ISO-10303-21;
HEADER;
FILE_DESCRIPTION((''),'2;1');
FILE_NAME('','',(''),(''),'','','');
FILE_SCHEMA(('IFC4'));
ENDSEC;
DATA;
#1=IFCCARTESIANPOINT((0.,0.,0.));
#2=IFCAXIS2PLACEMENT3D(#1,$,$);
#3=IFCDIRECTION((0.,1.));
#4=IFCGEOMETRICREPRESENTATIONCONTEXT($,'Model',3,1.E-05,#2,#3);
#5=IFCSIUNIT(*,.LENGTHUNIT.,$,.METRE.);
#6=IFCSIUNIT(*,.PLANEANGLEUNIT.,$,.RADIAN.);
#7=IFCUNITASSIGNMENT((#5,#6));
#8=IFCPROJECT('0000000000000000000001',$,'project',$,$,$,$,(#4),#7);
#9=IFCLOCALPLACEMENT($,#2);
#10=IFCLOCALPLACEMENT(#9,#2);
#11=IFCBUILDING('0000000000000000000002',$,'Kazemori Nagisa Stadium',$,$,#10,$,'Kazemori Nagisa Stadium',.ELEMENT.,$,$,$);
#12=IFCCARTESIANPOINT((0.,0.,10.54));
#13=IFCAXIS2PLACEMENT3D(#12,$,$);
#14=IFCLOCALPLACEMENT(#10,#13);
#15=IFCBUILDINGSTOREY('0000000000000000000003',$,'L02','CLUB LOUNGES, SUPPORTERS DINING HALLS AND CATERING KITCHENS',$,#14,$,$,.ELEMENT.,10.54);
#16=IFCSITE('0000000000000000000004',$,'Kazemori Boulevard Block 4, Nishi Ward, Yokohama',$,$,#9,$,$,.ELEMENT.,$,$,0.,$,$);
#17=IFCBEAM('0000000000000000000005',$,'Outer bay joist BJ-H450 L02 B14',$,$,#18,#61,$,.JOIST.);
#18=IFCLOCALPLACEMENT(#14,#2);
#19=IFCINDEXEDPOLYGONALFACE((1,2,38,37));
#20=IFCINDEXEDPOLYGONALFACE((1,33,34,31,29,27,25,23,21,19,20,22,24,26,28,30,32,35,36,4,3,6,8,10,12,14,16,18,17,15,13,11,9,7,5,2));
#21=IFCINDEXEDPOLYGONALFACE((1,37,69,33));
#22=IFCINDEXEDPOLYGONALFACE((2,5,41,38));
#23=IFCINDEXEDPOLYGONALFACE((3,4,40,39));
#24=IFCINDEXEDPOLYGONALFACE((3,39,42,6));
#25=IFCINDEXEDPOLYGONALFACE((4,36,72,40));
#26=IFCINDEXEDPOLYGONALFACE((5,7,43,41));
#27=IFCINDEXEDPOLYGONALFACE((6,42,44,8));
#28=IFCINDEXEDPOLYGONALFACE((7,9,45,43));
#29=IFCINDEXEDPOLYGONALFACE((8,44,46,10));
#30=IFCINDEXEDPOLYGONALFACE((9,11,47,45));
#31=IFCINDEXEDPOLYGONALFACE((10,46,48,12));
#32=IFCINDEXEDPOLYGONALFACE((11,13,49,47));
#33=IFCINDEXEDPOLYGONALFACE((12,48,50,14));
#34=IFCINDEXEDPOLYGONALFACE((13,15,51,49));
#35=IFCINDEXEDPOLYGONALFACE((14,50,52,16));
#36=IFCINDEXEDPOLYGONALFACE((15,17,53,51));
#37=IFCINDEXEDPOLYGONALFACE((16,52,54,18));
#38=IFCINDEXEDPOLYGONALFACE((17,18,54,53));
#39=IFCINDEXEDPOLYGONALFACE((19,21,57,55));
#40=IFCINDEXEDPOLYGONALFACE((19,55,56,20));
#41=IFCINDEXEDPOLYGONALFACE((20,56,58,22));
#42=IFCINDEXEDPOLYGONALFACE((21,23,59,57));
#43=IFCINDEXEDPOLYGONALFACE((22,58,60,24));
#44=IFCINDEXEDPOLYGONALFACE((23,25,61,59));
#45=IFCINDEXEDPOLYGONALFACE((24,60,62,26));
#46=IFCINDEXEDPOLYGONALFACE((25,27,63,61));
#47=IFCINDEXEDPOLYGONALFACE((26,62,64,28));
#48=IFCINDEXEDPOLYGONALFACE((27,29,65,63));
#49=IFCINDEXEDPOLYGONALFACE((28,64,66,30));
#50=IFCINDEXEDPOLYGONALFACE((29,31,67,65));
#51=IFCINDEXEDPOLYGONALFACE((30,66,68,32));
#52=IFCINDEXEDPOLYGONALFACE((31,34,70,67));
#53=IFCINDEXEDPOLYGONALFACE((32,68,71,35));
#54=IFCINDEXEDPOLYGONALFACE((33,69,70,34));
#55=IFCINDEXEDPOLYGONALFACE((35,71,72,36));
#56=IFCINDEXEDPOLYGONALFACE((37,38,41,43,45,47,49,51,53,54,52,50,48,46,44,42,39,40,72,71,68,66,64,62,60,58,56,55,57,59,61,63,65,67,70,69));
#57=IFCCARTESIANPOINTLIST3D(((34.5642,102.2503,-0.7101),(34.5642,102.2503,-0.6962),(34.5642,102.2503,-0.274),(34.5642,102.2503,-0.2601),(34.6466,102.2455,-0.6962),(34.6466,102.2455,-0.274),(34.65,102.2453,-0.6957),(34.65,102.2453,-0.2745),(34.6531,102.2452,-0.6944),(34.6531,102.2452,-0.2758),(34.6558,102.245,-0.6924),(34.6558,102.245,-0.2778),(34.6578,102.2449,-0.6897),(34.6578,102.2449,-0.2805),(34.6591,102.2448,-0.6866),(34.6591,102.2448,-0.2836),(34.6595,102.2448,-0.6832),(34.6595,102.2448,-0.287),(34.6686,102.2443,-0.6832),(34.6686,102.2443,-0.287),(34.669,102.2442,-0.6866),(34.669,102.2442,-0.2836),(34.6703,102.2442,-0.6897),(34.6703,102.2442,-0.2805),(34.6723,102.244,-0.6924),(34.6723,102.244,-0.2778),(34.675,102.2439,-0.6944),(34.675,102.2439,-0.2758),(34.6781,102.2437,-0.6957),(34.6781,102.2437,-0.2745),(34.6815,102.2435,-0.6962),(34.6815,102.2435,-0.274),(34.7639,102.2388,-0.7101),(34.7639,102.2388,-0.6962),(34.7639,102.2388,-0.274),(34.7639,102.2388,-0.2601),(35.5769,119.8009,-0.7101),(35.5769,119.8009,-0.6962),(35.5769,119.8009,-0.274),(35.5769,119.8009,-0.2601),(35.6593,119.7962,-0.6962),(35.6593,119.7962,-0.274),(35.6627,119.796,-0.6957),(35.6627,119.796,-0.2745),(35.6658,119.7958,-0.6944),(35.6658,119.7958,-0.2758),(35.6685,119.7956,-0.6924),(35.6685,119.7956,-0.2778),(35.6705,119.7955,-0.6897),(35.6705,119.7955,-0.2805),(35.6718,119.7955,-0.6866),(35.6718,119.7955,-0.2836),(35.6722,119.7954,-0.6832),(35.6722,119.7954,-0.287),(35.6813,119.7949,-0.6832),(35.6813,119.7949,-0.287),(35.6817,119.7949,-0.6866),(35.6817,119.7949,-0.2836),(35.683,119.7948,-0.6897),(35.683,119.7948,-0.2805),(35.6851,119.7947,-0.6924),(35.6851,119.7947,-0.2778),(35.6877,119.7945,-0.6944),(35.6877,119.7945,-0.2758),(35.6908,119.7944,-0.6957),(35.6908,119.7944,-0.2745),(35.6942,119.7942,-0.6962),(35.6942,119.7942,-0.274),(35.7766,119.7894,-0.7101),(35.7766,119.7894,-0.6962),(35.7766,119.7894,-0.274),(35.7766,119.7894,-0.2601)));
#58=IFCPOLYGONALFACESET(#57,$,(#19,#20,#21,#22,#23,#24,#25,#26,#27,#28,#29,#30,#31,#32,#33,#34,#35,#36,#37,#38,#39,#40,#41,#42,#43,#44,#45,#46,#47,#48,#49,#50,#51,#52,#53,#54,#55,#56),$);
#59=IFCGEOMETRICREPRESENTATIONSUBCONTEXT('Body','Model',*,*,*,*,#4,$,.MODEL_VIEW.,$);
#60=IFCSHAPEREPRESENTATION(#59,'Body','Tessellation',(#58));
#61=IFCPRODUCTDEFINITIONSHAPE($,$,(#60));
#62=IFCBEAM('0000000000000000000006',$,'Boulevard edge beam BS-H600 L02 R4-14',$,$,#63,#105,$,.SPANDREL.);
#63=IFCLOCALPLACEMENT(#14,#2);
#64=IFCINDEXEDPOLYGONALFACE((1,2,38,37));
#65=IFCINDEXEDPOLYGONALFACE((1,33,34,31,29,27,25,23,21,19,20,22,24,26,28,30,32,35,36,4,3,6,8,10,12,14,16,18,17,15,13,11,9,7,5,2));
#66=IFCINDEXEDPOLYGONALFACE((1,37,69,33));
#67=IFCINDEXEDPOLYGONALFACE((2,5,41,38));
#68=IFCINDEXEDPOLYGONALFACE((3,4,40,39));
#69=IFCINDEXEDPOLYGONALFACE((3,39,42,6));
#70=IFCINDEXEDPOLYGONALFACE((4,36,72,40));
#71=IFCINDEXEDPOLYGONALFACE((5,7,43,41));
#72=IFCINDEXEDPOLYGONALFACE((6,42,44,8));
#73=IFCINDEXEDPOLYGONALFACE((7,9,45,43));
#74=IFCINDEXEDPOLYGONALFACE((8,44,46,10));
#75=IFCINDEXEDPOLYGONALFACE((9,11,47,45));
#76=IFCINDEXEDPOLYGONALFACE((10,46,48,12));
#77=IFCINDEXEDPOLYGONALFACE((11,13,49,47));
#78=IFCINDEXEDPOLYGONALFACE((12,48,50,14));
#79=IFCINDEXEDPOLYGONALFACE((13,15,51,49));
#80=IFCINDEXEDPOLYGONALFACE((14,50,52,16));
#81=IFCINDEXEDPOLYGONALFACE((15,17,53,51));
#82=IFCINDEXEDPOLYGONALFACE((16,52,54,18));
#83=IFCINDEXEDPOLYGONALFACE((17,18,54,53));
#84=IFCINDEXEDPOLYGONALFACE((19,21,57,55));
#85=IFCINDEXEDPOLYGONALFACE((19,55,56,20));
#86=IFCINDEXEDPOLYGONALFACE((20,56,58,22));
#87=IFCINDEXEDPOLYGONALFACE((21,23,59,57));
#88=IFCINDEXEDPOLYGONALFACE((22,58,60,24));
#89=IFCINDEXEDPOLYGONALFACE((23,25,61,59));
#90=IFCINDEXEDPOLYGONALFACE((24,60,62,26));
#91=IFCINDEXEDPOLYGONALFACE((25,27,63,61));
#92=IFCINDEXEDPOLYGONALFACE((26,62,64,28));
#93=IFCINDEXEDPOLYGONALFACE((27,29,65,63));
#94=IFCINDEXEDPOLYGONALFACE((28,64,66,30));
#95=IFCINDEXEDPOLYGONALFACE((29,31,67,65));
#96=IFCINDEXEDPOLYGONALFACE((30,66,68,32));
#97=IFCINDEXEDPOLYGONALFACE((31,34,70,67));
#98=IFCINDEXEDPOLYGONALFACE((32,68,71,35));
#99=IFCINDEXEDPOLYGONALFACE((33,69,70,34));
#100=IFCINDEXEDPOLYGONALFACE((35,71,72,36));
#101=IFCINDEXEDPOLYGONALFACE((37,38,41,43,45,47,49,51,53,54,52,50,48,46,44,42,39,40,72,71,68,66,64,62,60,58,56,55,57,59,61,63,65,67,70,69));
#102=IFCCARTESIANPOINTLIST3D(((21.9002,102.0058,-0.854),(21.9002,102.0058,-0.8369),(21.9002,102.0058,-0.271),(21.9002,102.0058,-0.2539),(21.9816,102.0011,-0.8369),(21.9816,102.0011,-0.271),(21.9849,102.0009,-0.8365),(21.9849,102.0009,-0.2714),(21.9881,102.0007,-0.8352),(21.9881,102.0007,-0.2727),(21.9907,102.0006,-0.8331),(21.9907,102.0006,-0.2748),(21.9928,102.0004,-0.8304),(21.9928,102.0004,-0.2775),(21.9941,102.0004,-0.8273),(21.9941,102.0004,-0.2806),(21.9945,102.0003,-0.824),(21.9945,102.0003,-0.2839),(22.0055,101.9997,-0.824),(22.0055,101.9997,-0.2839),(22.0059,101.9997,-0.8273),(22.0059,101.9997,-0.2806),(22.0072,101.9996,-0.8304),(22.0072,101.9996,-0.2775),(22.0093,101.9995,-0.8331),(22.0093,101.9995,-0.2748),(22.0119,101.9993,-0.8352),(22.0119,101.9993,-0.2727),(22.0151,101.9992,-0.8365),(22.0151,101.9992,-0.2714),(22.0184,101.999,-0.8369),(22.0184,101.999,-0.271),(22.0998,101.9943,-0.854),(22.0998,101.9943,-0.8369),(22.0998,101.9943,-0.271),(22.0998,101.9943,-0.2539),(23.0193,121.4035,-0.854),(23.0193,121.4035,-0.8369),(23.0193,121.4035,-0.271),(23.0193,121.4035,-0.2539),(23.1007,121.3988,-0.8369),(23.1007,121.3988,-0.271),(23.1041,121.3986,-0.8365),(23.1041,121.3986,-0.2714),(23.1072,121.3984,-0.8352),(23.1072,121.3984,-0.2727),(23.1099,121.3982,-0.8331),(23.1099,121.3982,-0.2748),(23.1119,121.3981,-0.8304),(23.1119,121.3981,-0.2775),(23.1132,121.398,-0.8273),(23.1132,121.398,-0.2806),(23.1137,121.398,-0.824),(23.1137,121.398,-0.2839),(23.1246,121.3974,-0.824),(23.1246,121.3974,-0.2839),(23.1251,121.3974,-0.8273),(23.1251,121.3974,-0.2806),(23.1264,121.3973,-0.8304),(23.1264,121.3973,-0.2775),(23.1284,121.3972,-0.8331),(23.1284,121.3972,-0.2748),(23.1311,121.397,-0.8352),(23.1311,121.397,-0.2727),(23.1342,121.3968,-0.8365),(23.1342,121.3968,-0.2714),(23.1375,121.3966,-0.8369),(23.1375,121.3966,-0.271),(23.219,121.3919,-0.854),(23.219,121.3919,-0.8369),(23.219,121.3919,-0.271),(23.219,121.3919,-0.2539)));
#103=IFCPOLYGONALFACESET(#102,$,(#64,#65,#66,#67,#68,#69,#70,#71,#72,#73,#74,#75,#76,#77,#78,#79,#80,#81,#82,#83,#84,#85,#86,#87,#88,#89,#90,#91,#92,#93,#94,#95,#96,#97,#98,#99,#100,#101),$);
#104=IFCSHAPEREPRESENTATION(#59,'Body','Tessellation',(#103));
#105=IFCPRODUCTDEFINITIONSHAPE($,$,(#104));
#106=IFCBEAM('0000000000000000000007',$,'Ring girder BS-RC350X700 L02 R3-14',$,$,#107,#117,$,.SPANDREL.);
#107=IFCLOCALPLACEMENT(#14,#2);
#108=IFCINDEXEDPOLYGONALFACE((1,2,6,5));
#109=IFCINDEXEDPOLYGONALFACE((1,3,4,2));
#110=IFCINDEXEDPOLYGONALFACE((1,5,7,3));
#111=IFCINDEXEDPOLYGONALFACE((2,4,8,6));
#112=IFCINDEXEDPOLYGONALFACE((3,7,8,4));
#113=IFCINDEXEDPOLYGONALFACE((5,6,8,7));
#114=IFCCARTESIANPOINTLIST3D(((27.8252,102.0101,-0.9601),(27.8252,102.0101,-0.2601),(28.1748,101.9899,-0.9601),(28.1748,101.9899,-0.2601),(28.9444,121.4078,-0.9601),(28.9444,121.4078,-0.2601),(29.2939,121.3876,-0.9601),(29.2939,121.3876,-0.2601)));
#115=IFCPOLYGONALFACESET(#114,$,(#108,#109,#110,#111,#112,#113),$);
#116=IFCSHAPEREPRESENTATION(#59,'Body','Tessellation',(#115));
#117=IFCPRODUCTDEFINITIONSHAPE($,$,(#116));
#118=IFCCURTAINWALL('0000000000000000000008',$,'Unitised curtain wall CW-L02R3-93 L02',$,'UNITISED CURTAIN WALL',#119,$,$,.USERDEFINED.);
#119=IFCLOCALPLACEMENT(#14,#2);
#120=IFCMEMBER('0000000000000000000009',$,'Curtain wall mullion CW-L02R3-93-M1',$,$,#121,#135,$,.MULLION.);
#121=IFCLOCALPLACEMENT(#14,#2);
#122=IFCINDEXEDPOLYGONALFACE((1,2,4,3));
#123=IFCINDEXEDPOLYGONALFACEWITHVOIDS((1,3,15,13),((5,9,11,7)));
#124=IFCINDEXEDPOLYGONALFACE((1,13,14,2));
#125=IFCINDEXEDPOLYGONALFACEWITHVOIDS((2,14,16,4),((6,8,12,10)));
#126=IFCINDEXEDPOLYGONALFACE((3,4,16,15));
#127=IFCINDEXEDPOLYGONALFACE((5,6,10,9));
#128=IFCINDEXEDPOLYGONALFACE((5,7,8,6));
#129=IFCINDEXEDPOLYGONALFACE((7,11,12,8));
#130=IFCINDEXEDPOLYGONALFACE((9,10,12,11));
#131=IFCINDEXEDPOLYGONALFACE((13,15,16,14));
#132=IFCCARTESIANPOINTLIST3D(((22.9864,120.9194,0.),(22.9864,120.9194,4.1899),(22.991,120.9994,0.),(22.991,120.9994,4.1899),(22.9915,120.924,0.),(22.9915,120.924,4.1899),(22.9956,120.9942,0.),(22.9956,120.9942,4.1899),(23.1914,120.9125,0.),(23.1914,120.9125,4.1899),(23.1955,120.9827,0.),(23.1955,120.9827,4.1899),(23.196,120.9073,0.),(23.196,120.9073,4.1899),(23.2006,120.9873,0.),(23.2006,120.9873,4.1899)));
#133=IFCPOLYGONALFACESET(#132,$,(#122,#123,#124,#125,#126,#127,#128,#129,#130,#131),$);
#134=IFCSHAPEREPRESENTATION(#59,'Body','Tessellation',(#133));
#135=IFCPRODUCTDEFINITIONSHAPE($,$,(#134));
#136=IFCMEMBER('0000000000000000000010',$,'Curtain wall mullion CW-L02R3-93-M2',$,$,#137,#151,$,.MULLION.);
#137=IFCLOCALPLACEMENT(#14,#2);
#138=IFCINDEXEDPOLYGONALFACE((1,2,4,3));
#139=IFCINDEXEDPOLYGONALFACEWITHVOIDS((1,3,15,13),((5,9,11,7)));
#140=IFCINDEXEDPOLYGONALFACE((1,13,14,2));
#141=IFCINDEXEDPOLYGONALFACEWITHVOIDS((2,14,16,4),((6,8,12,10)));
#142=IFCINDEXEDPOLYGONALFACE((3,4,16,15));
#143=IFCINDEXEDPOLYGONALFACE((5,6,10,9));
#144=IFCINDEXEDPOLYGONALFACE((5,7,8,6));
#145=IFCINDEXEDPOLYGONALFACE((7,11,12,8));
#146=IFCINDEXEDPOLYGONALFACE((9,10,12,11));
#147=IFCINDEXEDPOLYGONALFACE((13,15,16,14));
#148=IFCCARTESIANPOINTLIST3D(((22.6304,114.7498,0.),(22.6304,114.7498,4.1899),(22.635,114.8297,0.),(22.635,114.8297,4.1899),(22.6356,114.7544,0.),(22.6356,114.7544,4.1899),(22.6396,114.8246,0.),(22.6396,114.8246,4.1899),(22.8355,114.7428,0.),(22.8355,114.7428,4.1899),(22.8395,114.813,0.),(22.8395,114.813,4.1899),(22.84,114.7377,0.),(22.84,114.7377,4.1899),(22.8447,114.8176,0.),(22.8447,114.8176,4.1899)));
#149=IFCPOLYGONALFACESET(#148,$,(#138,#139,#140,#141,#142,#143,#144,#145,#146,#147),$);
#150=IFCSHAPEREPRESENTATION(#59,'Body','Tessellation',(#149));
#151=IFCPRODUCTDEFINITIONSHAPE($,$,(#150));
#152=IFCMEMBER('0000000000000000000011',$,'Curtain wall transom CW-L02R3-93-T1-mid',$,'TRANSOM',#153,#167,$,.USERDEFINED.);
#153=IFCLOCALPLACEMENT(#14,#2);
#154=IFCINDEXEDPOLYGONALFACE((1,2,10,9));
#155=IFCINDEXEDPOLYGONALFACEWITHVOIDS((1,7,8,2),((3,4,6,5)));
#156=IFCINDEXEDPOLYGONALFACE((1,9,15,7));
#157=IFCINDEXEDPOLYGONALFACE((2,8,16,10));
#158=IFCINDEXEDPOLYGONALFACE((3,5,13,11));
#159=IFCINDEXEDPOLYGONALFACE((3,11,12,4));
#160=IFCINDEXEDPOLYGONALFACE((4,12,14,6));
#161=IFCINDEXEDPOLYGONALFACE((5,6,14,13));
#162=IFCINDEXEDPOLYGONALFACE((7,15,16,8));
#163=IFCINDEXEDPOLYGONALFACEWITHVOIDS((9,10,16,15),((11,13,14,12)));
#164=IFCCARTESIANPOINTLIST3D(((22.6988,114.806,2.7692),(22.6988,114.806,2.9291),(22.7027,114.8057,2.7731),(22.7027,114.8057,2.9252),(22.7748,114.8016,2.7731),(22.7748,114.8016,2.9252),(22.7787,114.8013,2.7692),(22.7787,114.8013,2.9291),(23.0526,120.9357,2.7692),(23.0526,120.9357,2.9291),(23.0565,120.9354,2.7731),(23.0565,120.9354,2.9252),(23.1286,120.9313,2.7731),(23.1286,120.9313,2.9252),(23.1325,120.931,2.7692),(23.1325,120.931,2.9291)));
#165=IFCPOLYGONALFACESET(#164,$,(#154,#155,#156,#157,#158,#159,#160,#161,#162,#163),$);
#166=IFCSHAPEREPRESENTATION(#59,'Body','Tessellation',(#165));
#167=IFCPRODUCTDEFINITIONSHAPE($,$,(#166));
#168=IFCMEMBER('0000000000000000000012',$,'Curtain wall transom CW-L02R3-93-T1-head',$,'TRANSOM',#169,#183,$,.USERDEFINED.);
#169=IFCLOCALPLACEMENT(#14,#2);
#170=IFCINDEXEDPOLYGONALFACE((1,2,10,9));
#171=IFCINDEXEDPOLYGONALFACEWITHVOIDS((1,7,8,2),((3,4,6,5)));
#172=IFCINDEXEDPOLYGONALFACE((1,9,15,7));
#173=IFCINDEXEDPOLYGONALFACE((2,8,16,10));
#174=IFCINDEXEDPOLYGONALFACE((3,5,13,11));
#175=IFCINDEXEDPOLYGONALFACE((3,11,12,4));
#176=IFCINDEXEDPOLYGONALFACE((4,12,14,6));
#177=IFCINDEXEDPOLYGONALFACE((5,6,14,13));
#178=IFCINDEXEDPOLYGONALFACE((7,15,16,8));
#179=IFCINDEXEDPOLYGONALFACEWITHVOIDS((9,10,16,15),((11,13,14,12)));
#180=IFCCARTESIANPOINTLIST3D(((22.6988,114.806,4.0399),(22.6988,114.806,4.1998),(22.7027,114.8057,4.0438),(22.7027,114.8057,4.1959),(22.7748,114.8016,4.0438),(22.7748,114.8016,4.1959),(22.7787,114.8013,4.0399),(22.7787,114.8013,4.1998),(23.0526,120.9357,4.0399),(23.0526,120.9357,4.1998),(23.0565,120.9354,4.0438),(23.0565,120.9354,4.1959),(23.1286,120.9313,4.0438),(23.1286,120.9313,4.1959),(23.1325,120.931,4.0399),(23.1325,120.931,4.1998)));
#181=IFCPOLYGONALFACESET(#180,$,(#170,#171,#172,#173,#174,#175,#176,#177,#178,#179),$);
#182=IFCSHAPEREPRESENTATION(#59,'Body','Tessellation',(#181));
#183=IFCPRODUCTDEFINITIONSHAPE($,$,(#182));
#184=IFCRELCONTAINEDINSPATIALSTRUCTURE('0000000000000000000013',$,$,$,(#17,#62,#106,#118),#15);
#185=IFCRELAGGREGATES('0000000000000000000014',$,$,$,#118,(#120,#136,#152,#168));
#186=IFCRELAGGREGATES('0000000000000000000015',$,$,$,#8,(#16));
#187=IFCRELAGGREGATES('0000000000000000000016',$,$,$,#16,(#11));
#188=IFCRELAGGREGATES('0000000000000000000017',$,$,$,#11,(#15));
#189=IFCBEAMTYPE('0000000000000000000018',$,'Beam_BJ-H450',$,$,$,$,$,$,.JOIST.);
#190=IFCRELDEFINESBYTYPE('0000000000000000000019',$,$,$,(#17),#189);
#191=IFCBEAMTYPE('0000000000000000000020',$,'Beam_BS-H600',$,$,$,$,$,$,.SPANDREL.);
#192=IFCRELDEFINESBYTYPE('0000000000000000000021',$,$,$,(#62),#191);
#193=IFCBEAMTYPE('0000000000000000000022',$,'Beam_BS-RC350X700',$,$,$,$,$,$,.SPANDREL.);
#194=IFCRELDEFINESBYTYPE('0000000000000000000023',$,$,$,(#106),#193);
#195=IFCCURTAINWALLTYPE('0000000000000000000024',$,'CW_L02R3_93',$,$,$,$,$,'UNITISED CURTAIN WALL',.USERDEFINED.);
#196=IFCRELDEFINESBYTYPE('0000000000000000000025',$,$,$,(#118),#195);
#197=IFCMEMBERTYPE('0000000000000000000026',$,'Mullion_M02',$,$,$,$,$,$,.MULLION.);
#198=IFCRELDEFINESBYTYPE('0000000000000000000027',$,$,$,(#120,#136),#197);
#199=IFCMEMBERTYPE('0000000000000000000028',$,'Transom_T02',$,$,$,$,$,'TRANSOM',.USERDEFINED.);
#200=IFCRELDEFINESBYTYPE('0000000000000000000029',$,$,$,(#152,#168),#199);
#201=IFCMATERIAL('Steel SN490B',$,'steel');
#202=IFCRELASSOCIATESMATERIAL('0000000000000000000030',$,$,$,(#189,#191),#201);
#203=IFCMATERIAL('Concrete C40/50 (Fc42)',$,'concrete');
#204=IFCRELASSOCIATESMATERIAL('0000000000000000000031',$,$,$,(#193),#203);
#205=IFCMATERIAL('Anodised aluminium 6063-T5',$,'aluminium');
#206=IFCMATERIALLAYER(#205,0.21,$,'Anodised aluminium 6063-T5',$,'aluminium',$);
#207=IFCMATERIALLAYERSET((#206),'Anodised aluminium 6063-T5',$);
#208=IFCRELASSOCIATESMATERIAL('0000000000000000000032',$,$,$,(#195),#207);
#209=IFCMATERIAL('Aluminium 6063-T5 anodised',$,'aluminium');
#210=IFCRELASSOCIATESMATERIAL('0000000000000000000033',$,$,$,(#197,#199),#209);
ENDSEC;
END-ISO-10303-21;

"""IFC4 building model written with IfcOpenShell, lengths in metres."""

from ifc_helpers import new_model, si_unit, direction, frame, origin, origin_2d, place, context, subcontext, project, spatial, rectangle, hollow_rectangle, i_section, extrude, material, layer, layer_set, material_profile, profile_set, type_object, element, aggregate, save


model = new_model("IFC4")

# Units and contexts
model_context = context("Model", 3, precision=1e-05, world=origin(), true_north=direction((0.0, 1.0)))
body_context = subcontext(model_context, "Body", "Model", "MODEL_VIEW")
ifc_project = project(units=[si_unit("LENGTHUNIT", "METRE"), si_unit("PLANEANGLEUNIT", "RADIAN")], contexts=[model_context])

# Site, building, storey
site_placement = place(None, origin())
site = spatial("IfcSite", under=ifc_project, at=site_placement, Name="Kazemori Boulevard Block 4, Nishi Ward, Yokohama", CompositionType="ELEMENT", RefElevation=0.0)
building_placement = place(site_placement, origin())
building = spatial("IfcBuilding", under=site, at=building_placement, Name="Kazemori Nagisa Stadium", LongName="Kazemori Nagisa Stadium", CompositionType="ELEMENT")
storey_placement = place(building_placement, frame((0.0, 0.0, 10.54)))
storey = spatial("IfcBuildingStorey", under=building, at=storey_placement, Name="L02", Description="CLUB LOUNGES, SUPPORTERS DINING HALLS AND CATERING KITCHENS", CompositionType="ELEMENT", Elevation=10.54)

# Shared definitions
ifc_material_1 = material(Name="Concrete C40/50 (Fc42)", Category="concrete")

# Beams
ifc_material_2 = material(Name="Steel SN490B", Category="steel")
ifc_material_profile_1 = material_profile(ifc_material_2, i_section(OverallWidth=0.2, OverallDepth=0.45, WebThickness=0.009, FlangeThickness=0.0139, FilletRadius=0.0129, at=origin_2d()), Name="H-450x200x9x14")
ifc_profile_set_1 = profile_set([ifc_material_profile_1], Name="Steel SN490B")
beam_type_1 = type_object("IfcBeamType", Name="Beam_BJ-H450", PredefinedType="JOIST", material=ifc_profile_set_1)
beam_1_placement = place(storey_placement, frame((35.6768, 119.7952, -0.4851), z_axis=(-0.057606, -0.998339, 0.0), x_axis=(0.998339, -0.057606, 0.0)))
element("IfcBeam", 1, at=beam_1_placement, inside=storey, type_object=beam_type_1, Name="Outer bay joist BJ-H450 L02 B14", PredefinedType="JOIST", context=body_context, shape_type="SweptSolid", body=[
    extrude(i_section(OverallWidth=0.2, OverallDepth=0.45, WebThickness=0.009, FlangeThickness=0.0139, FilletRadius=0.0129, at=origin_2d()), origin(), (0.0, 0.0, 1.0), 17.5798),
])
ifc_material_profile_2 = material_profile(ifc_material_2, i_section(OverallWidth=0.2, OverallDepth=0.6001, WebThickness=0.011, FlangeThickness=0.0171, FilletRadius=0.0129, at=origin_2d()), Name="H-600x200x11x17")
ifc_profile_set_2 = profile_set([ifc_material_profile_2], Name="Steel SN490B")
beam_type_2 = type_object("IfcBeamType", Name="Beam_BS-H600", PredefinedType="SPANDREL", material=ifc_profile_set_2)
beam_2_placement = place(storey_placement, frame((23.1191, 121.3977, -0.554), z_axis=(-0.057599, -0.99834, 0.0), x_axis=(0.99834, -0.057599, 0.0)))
element("IfcBeam", 2, at=beam_2_placement, inside=storey, type_object=beam_type_2, Name="Boulevard edge beam BS-H600 L02 R4-14", PredefinedType="SPANDREL", context=body_context, shape_type="SweptSolid", body=[
    extrude(i_section(OverallWidth=0.2, OverallDepth=0.6001, WebThickness=0.011, FlangeThickness=0.0171, FilletRadius=0.0129, at=origin_2d()), origin(), (0.0, 0.0, 1.0), 19.4299),
])
ifc_material_profile_3 = material_profile(ifc_material_1, rectangle(XDim=0.3501, YDim=0.7, at=origin_2d()), Name="RC-SP-350x700")
ifc_profile_set_3 = profile_set([ifc_material_profile_3], Name="Concrete C40/50 (Fc42)")
beam_type_3 = type_object("IfcBeamType", Name="Beam_BS-RC350X700", PredefinedType="SPANDREL", material=ifc_profile_set_3)
beam_3_placement = place(storey_placement, frame((29.1191, 121.3977, -0.6101), z_axis=(-0.057599, -0.99834, 0.0), x_axis=(0.99834, -0.057599, 0.0)))
element("IfcBeam", 3, at=beam_3_placement, inside=storey, type_object=beam_type_3, Name="Ring girder BS-RC350X700 L02 R3-14", PredefinedType="SPANDREL", context=body_context, shape_type="SweptSolid", body=[
    extrude(rectangle(XDim=0.3501, YDim=0.7, at=origin_2d()), origin(), (0.0, 0.0, 1.0), 19.4299),
])

# Curtain wall, members
ifc_material_3 = material(Name="Anodised aluminium 6063-T5", Category="aluminium")
ifc_layer_1 = layer(ifc_material_3, 0.21, Name="Anodised aluminium 6063-T5", Category="aluminium")
ifc_layer_set_1 = layer_set([ifc_layer_1], Name="Anodised aluminium 6063-T5")
curtain_wall_type = type_object("IfcCurtainWallType", Name="CW_L02R3_93", ElementType="UNITISED CURTAIN WALL", PredefinedType="USERDEFINED", material=ifc_layer_set_1)
curtain_wall_placement = place(storey_placement, origin())
curtain_wall = element("IfcCurtainWall", 4, at=curtain_wall_placement, inside=storey, type_object=curtain_wall_type, Name="Unitised curtain wall CW-L02R3-93 L02", ObjectType="UNITISED CURTAIN WALL", PredefinedType="USERDEFINED")
ifc_material_4 = material(Name="Aluminium 6063-T5 anodised", Category="aluminium")
ifc_material_profile_4 = material_profile(ifc_material_4, hollow_rectangle(XDim=0.0801, YDim=0.21, WallThickness=0.0049, at=origin_2d()), Name="ALU-MULL-80x210x5")
ifc_profile_set_4 = profile_set([ifc_material_profile_4], Name="Aluminium 6063-T5 anodised")
member_type_1 = type_object("IfcMemberType", Name="Mullion_M02", PredefinedType="MULLION", material=ifc_profile_set_4)
member_1_placement = place(storey_placement, frame((23.0935, 120.9534, 0.0), z_axis=(0.0, 0.0, 1.0), x_axis=(-0.057602, -0.99834, 0.0)))
member_1 = element("IfcMember", 5, at=member_1_placement, type_object=member_type_1, Name="Curtain wall mullion CW-L02R3-93-M1", PredefinedType="MULLION", context=body_context, shape_type="SweptSolid", body=[
    extrude(hollow_rectangle(XDim=0.0801, YDim=0.21, WallThickness=0.0049, at=origin_2d()), origin(), (0.0, 0.0, 1.0), 4.1899),
])
member_2_placement = place(storey_placement, frame((22.7375, 114.7837, 0.0), z_axis=(0.0, 0.0, 1.0), x_axis=(-0.057602, -0.99834, 0.0)))
member_2 = element("IfcMember", 6, at=member_2_placement, type_object=member_type_1, Name="Curtain wall mullion CW-L02R3-93-M2", PredefinedType="MULLION", context=body_context, shape_type="SweptSolid", body=[
    extrude(hollow_rectangle(XDim=0.0801, YDim=0.21, WallThickness=0.0049, at=origin_2d()), origin(), (0.0, 0.0, 1.0), 4.1899),
])
ifc_material_profile_5 = material_profile(ifc_material_4, hollow_rectangle(XDim=0.0801, YDim=0.1599, WallThickness=0.0039, at=origin_2d()), Name="ALU-TRAN-80x160x4")
ifc_profile_set_5 = profile_set([ifc_material_profile_5], Name="Aluminium 6063-T5 anodised")
member_type_2 = type_object("IfcMemberType", Name="Transom_T02", ElementType="TRANSOM", PredefinedType="USERDEFINED", material=ifc_profile_set_5)
member_3_placement = place(storey_placement, frame((23.0925, 120.9333, 2.8491), z_axis=(-0.057617, -0.998339, 0.0), x_axis=(0.998339, -0.057617, 0.0)))
member_3 = element("IfcMember", 7, at=member_3_placement, type_object=member_type_2, Name="Curtain wall transom CW-L02R3-93-T1-mid", ObjectType="TRANSOM", PredefinedType="USERDEFINED", context=body_context, shape_type="SweptSolid", body=[
    extrude(hollow_rectangle(XDim=0.0801, YDim=0.1599, WallThickness=0.0039, at=origin_2d()), origin(), (0.0, 0.0, 1.0), 6.1399),
])
member_4_placement = place(storey_placement, frame((23.0925, 120.9333, 4.1199), z_axis=(-0.057617, -0.998339, 0.0), x_axis=(0.998339, -0.057617, 0.0)))
member_4 = element("IfcMember", 8, at=member_4_placement, type_object=member_type_2, Name="Curtain wall transom CW-L02R3-93-T1-head", ObjectType="TRANSOM", PredefinedType="USERDEFINED", context=body_context, shape_type="SweptSolid", body=[
    extrude(hollow_rectangle(XDim=0.0801, YDim=0.1599, WallThickness=0.0039, at=origin_2d()), origin(), (0.0, 0.0, 1.0), 6.1399),
])
aggregate(curtain_wall, [member_1, member_2, member_3, member_4])

save(model, "model.ifc")
